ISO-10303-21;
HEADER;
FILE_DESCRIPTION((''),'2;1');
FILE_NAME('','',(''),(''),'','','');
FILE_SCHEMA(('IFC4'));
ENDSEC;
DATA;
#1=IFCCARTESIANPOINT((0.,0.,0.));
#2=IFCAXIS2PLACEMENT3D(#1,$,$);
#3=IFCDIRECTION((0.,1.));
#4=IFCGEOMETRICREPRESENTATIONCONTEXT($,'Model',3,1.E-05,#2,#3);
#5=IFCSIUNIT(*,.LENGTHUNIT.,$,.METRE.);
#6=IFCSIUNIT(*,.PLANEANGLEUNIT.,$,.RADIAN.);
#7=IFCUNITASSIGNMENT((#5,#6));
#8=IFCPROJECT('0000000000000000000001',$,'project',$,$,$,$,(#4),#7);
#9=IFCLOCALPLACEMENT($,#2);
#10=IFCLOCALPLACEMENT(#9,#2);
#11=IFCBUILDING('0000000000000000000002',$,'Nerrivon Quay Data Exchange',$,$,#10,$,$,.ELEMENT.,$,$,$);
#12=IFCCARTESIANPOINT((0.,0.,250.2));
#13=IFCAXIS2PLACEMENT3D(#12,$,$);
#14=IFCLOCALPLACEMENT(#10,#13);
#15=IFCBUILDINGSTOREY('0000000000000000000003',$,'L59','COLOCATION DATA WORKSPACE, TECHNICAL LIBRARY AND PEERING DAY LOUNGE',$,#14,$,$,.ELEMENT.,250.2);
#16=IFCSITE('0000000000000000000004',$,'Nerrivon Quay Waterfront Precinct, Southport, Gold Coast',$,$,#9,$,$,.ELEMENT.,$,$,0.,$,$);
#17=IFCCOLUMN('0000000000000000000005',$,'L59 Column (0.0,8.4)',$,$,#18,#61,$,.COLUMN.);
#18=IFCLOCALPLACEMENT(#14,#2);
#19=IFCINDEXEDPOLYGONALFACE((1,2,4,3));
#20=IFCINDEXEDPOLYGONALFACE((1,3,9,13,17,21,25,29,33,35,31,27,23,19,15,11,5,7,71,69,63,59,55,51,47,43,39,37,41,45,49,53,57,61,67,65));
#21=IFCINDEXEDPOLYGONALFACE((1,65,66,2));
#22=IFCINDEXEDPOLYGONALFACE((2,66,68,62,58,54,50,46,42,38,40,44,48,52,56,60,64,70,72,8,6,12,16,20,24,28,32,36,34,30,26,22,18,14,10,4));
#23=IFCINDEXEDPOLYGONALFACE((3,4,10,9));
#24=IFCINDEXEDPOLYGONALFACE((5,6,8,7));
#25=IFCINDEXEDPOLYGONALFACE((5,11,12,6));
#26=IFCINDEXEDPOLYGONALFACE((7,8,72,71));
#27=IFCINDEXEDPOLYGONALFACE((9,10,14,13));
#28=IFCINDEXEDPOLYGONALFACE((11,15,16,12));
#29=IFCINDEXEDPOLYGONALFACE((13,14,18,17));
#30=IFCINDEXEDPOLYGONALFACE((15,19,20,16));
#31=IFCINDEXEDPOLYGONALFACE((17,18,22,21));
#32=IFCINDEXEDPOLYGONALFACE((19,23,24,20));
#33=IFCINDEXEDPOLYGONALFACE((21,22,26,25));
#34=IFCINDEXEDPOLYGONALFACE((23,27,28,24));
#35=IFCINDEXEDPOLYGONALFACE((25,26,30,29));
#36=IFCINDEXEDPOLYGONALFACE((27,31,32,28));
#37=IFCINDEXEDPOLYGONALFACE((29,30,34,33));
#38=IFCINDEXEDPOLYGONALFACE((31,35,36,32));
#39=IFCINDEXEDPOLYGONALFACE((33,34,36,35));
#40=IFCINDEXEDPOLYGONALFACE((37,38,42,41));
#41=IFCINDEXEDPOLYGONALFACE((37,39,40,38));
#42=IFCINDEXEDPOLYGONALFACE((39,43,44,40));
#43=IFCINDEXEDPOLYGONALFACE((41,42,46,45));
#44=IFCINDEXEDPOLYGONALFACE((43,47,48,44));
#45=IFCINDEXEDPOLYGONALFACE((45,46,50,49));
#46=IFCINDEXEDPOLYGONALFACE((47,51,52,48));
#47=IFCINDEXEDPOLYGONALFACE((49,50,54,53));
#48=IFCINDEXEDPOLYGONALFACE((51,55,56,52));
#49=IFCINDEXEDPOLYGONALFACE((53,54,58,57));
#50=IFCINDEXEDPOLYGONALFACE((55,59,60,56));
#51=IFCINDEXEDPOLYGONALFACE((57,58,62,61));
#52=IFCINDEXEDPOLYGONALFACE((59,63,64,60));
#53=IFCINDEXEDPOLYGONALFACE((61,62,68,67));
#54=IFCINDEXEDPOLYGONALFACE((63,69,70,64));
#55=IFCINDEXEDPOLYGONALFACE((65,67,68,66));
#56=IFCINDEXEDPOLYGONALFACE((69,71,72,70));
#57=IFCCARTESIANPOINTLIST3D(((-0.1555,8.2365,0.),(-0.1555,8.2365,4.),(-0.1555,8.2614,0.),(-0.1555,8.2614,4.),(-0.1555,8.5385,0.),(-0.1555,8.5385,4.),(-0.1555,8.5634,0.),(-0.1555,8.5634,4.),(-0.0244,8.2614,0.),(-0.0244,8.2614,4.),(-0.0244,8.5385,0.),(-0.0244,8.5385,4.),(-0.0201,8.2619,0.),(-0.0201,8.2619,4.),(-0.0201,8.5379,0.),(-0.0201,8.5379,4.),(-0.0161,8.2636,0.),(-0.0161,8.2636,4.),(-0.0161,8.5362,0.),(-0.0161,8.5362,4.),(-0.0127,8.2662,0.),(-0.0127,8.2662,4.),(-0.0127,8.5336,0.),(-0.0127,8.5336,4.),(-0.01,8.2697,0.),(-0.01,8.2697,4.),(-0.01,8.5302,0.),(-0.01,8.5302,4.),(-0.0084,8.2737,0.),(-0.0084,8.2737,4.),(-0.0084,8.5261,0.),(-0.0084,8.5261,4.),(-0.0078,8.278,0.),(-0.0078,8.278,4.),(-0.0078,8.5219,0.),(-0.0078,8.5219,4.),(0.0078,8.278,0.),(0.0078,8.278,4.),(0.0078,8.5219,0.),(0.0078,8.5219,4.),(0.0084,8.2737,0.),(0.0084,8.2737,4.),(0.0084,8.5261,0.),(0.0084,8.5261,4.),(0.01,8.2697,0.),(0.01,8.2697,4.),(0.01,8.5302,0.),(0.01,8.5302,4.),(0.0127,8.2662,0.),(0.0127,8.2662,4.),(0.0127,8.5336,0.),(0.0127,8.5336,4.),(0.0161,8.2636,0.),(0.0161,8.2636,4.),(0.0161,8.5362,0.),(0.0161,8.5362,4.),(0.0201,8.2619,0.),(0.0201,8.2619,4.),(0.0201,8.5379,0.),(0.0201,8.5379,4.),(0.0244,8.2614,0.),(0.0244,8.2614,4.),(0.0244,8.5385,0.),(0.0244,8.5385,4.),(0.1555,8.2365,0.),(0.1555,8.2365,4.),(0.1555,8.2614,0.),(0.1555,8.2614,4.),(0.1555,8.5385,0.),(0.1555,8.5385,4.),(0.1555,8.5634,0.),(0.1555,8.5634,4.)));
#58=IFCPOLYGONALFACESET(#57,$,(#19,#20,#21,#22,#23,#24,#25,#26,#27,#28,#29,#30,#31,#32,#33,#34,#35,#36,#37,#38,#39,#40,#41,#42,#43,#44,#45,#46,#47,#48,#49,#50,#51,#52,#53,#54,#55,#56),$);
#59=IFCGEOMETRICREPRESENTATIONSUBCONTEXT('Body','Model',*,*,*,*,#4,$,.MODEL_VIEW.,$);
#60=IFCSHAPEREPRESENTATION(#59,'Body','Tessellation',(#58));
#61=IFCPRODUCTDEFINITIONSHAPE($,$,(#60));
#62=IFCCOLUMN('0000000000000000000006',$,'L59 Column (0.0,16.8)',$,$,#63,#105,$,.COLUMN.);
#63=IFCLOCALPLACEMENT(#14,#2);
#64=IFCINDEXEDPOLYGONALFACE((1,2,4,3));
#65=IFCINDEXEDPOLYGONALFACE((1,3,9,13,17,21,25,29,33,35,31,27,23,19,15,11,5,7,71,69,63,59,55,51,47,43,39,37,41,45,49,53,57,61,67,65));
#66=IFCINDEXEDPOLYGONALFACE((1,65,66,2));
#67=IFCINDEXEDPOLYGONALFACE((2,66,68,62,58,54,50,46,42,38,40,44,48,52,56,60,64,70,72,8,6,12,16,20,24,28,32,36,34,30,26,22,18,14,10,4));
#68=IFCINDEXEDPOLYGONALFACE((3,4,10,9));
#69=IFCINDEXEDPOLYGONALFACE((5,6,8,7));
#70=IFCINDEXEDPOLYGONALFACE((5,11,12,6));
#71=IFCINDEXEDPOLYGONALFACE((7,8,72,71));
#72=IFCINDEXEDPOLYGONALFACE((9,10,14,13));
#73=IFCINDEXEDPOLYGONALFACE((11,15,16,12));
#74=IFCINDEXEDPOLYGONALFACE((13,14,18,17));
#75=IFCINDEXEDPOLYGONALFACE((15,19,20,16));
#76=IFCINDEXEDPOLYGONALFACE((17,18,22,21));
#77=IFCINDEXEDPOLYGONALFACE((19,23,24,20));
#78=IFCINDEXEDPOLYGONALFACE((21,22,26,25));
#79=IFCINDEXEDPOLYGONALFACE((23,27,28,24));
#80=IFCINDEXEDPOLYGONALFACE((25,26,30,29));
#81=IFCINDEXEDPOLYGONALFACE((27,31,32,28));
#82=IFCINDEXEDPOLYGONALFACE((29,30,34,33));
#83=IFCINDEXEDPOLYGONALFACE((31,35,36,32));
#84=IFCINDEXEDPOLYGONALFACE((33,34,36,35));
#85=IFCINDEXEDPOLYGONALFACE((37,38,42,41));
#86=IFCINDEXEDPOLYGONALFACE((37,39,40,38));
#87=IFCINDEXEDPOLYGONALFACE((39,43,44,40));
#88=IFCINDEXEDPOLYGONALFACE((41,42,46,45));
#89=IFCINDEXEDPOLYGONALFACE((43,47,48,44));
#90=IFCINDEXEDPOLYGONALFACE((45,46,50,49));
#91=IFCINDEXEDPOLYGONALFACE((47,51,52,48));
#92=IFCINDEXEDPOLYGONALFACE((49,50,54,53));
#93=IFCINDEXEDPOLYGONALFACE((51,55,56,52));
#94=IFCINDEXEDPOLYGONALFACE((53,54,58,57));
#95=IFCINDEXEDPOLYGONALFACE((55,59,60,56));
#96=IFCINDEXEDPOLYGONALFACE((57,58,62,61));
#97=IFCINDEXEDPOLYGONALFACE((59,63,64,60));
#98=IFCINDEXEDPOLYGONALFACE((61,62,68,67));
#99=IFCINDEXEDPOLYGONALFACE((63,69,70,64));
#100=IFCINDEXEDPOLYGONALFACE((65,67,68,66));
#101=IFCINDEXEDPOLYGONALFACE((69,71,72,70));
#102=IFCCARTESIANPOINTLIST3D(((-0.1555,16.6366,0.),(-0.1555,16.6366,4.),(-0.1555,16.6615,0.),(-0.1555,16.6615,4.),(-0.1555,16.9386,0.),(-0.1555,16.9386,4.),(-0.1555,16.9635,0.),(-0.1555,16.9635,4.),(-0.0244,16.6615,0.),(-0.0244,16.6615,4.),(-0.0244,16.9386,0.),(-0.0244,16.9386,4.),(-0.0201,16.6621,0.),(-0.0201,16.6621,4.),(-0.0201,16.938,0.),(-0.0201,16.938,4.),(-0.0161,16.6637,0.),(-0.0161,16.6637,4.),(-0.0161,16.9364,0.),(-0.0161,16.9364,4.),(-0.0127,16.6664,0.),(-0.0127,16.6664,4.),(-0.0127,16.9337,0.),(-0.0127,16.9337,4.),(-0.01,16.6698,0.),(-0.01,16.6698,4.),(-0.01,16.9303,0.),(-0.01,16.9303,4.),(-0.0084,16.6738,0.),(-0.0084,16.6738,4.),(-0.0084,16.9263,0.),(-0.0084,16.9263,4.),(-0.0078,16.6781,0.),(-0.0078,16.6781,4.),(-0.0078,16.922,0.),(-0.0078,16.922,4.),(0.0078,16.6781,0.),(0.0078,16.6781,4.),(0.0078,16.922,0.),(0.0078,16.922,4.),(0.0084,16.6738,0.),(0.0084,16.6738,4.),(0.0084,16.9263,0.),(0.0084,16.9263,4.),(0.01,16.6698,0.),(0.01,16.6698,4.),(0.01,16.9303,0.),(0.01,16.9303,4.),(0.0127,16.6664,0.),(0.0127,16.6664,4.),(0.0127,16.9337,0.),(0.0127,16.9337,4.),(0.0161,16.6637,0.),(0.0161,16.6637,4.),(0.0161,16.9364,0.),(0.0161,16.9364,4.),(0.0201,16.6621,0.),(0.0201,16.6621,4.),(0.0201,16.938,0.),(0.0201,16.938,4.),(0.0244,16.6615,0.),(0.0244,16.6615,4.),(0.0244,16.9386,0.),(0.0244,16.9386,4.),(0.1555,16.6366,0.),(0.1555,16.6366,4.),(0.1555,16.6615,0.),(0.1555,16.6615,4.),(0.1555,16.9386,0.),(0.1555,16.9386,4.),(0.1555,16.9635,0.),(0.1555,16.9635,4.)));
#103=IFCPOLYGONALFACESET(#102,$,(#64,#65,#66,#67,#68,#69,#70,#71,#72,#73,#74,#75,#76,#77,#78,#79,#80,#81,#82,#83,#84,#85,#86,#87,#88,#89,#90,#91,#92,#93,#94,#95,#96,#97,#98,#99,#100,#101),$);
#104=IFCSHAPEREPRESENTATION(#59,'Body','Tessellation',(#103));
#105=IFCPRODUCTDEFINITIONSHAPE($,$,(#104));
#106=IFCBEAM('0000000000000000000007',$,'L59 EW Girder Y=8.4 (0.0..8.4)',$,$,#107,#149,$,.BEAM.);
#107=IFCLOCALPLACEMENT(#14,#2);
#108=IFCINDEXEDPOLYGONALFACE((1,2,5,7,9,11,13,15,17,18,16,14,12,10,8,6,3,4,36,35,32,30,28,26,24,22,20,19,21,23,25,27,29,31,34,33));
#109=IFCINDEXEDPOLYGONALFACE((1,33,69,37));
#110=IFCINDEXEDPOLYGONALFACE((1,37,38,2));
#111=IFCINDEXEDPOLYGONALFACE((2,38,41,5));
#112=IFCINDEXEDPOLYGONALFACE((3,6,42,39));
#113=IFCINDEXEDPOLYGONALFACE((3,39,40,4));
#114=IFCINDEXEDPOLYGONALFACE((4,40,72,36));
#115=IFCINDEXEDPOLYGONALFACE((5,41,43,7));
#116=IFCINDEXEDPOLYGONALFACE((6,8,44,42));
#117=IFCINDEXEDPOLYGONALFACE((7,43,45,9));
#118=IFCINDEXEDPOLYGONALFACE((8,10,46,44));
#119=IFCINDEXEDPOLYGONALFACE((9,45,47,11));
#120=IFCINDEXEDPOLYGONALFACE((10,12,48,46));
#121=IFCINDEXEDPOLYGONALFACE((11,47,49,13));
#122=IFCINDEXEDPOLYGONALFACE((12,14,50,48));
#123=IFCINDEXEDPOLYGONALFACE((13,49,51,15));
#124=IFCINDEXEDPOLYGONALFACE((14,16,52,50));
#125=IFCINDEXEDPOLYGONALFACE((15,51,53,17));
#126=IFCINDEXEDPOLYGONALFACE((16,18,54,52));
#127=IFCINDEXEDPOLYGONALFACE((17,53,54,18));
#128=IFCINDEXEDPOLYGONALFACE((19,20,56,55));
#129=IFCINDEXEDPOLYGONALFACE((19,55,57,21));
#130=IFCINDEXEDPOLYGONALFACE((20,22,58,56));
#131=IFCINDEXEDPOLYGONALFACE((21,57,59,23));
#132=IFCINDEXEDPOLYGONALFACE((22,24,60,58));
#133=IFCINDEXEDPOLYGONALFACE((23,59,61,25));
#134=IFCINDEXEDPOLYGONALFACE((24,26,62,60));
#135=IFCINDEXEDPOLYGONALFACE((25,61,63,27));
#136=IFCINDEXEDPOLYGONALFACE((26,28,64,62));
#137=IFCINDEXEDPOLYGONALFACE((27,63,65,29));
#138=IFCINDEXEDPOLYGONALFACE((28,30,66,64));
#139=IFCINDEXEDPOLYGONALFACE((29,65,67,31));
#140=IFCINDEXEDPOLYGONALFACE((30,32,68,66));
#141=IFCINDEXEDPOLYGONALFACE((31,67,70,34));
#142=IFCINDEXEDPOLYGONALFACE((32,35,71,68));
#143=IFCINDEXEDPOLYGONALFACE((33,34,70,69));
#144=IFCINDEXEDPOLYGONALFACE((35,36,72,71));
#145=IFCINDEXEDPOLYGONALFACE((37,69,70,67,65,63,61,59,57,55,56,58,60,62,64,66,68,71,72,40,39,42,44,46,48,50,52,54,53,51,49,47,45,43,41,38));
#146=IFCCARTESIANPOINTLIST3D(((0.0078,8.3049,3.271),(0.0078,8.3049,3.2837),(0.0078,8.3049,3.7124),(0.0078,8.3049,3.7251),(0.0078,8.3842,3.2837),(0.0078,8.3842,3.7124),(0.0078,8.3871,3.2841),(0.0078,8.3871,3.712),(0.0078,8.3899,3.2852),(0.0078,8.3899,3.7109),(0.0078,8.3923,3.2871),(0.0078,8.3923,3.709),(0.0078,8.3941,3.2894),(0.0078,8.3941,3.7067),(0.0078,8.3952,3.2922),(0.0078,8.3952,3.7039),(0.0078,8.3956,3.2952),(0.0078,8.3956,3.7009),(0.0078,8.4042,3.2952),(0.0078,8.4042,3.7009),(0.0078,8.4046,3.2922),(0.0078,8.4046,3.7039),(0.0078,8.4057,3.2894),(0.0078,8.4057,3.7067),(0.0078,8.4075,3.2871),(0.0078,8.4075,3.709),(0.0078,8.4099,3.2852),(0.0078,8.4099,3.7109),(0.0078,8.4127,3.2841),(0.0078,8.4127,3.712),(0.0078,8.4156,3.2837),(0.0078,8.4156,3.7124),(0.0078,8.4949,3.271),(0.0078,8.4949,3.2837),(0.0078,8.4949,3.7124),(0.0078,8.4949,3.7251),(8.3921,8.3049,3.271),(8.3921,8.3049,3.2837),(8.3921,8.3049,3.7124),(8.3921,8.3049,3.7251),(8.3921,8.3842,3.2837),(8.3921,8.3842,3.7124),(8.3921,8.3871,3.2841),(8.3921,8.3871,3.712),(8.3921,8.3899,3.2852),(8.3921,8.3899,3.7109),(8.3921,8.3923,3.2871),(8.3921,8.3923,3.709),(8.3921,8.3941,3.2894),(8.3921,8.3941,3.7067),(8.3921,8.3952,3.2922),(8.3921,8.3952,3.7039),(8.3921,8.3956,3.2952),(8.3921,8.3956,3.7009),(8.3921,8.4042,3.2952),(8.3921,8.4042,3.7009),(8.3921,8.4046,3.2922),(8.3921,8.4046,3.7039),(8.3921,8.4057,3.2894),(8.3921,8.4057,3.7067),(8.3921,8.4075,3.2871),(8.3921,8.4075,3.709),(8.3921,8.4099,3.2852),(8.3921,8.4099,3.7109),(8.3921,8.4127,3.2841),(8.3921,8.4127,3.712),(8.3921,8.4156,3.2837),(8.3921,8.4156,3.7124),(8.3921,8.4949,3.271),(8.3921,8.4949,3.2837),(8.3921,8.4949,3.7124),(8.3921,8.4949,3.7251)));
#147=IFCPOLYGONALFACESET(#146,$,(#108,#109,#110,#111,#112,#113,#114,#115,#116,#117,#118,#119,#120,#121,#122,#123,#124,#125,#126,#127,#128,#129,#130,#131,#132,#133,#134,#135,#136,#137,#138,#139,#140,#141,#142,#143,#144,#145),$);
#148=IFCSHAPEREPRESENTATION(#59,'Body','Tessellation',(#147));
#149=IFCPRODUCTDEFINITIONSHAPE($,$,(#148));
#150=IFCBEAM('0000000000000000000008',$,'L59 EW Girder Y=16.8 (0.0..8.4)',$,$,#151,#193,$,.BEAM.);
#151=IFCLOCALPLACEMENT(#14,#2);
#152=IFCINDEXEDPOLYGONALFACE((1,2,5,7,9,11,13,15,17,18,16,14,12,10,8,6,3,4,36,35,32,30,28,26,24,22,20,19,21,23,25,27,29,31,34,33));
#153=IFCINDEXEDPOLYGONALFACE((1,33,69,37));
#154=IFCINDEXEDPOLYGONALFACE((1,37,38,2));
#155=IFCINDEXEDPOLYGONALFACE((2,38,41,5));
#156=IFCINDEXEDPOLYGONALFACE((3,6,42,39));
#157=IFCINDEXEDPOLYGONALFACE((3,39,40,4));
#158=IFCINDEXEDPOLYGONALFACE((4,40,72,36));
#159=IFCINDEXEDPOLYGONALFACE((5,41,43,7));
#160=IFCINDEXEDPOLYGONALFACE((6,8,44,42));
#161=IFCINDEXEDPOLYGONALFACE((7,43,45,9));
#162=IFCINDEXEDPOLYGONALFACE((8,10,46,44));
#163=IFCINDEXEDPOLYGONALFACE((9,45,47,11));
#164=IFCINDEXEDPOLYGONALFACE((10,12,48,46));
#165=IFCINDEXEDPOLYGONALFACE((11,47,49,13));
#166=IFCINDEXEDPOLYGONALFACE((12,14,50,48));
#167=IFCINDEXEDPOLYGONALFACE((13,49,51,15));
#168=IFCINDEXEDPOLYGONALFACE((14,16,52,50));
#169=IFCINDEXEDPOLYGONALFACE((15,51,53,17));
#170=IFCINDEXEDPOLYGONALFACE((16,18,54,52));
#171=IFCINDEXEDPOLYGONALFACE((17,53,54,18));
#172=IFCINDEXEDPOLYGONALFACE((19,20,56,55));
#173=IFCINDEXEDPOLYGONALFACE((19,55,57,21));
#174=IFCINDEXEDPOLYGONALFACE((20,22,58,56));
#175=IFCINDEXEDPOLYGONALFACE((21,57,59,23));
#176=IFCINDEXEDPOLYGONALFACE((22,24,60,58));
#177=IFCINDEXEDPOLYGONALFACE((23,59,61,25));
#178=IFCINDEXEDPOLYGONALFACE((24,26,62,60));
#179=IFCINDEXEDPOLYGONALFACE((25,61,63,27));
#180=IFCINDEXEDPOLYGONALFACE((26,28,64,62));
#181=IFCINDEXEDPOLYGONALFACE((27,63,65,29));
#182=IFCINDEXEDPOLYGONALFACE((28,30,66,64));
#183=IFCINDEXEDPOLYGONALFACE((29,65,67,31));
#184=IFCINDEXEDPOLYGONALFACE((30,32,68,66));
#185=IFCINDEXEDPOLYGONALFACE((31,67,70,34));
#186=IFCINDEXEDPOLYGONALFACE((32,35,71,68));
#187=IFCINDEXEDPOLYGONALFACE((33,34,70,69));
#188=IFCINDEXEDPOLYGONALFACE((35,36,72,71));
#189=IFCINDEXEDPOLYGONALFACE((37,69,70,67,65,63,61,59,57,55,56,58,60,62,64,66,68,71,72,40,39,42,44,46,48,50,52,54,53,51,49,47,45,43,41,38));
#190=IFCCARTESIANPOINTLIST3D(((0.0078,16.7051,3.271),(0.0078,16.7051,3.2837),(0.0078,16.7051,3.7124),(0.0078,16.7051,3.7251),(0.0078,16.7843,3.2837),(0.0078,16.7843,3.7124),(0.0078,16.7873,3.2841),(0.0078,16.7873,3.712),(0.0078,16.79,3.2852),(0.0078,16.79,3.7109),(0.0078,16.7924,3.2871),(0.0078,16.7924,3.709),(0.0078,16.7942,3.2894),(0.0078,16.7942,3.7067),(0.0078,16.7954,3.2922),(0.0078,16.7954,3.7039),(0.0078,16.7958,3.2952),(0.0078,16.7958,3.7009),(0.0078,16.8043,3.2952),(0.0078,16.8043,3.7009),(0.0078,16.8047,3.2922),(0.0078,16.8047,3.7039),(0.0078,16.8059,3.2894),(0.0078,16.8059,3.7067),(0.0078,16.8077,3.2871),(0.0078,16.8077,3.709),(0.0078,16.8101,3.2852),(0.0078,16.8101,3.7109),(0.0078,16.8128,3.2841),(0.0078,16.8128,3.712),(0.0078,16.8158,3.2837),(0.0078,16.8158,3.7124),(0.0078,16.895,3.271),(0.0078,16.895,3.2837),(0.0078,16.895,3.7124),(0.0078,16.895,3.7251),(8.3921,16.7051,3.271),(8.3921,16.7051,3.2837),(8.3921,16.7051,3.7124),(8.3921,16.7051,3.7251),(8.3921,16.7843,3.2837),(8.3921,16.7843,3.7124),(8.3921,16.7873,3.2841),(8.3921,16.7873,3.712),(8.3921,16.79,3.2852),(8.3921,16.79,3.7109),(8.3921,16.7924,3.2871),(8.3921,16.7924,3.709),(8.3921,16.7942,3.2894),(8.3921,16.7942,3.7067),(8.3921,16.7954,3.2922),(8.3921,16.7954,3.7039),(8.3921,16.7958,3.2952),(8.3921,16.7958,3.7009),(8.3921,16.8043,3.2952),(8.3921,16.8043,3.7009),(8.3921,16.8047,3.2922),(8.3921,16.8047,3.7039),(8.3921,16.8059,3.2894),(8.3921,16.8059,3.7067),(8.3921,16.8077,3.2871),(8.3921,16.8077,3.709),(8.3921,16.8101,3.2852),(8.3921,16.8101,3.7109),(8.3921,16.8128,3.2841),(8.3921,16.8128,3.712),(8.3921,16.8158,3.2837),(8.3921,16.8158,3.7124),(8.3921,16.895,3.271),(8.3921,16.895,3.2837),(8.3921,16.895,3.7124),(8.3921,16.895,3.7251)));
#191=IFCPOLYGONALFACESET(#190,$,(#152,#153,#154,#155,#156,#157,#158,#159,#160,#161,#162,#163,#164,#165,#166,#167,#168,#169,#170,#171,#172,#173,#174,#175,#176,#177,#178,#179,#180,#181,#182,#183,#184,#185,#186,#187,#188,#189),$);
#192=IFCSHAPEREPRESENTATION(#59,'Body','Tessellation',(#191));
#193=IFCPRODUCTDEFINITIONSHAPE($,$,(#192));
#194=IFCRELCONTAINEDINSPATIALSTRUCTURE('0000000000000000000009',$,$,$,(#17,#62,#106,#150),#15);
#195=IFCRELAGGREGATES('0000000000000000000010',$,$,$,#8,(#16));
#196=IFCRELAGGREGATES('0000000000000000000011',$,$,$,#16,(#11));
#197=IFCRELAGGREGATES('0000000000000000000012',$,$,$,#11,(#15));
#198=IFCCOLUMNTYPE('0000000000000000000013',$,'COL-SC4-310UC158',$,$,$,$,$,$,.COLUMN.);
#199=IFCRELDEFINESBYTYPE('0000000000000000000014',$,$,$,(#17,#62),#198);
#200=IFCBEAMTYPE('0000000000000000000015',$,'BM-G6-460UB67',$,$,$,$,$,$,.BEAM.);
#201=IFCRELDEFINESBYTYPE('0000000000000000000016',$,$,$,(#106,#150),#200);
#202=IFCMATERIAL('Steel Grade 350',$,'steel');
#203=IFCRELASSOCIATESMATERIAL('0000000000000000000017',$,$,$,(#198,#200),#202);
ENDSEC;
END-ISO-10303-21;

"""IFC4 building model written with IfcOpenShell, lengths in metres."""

from ifc_helpers import new_model, si_unit, direction, frame, origin, origin_2d, place, context, subcontext, project, spatial, i_section, extrude, material, material_profile, profile_set, type_object, element, save


model = new_model("IFC4")

# Units and contexts
model_context = context("Model", 3, precision=1e-05, world=origin(), true_north=direction((0.0, 1.0)))
body_context = subcontext(model_context, "Body", "Model", "MODEL_VIEW")
ifc_project = project(units=[si_unit("LENGTHUNIT", "METRE"), si_unit("PLANEANGLEUNIT", "RADIAN")], contexts=[model_context])

# Site, building, storey
site_placement = place(None, origin())
site = spatial("IfcSite", under=ifc_project, at=site_placement, Name="Nerrivon Quay Waterfront Precinct, Southport, Gold Coast", CompositionType="ELEMENT", RefElevation=0.0)
building_placement = place(site_placement, origin())
building = spatial("IfcBuilding", under=site, at=building_placement, Name="Nerrivon Quay Data Exchange", CompositionType="ELEMENT")
storey_placement = place(building_placement, frame((0.0, 0.0, 250.2)))
storey = spatial("IfcBuildingStorey", under=building, at=storey_placement, Name="L59", Description="COLOCATION DATA WORKSPACE, TECHNICAL LIBRARY AND PEERING DAY LOUNGE", CompositionType="ELEMENT", Elevation=250.2)

# Columns
ifc_material_1 = material(Name="Steel Grade 350", Category="steel")
ifc_material_profile_1 = material_profile(ifc_material_1, i_section(OverallWidth=0.311, OverallDepth=0.3269, WebThickness=0.0156, FlangeThickness=0.0249, FilletRadius=0.0166, at=origin_2d()), Name="310UC158")
ifc_profile_set_1 = profile_set([ifc_material_profile_1], Name="Steel Grade 350")
column_type = type_object("IfcColumnType", Name="COL-SC4-310UC158", PredefinedType="COLUMN", material=ifc_profile_set_1)
for number, where, z_axis, x_axis, name in (
    (1, (0.0, 8.3999, 0.0), (0.0, 0.0, 1.0), (1.0, 0.0, 0.0), "L59 Column (0.0,8.4)"),
    (2, (0.0, 16.8, 0.0), (0.0, 0.0, 1.0), (1.0, 0.0, 0.0), "L59 Column (0.0,16.8)"),
):
    element("IfcColumn", number, at=place(storey_placement, frame(where, z_axis=z_axis, x_axis=x_axis)), inside=storey, type_object=column_type, Name=name, PredefinedType="COLUMN", context=body_context, shape_type="SweptSolid", body=[
        extrude(i_section(OverallWidth=0.311, OverallDepth=0.3269, WebThickness=0.0156, FlangeThickness=0.0249, FilletRadius=0.0166, at=origin_2d()), origin(), (0.0, 0.0, 1.0), 4.0),
    ])

# Beams
ifc_material_profile_2 = material_profile(ifc_material_1, i_section(OverallWidth=0.1899, OverallDepth=0.4541, WebThickness=0.0085, FlangeThickness=0.0127, FilletRadius=0.0115, at=origin_2d()), Name="460UB67.1")
ifc_profile_set_2 = profile_set([ifc_material_profile_2], Name="Steel Grade 350")
beam_type_1 = type_object("IfcBeamType", Name="BM-G6-460UB67", PredefinedType="BEAM", material=ifc_profile_set_2)
for number, where, z_axis, x_axis, name in (
    (3, (0.0078, 8.3999, 3.498), (1.0, 0.0, 0.0), (0.0, 1.0, 0.0), "L59 EW Girder Y=8.4 (0.0..8.4)"),
    (4, (0.0078, 16.8, 3.498), (1.0, 0.0, 0.0), (0.0, 1.0, 0.0), "L59 EW Girder Y=16.8 (0.0..8.4)"),
):
    element("IfcBeam", number, at=place(storey_placement, frame(where, z_axis=z_axis, x_axis=x_axis)), inside=storey, type_object=beam_type_1, Name=name, PredefinedType="BEAM", context=body_context, shape_type="SweptSolid", body=[
        extrude(i_section(OverallWidth=0.1899, OverallDepth=0.4541, WebThickness=0.0085, FlangeThickness=0.0127, FilletRadius=0.0115, at=origin_2d()), origin(), (0.0, 0.0, 1.0), 8.3843),
    ])

save(model, "model.ifc")
